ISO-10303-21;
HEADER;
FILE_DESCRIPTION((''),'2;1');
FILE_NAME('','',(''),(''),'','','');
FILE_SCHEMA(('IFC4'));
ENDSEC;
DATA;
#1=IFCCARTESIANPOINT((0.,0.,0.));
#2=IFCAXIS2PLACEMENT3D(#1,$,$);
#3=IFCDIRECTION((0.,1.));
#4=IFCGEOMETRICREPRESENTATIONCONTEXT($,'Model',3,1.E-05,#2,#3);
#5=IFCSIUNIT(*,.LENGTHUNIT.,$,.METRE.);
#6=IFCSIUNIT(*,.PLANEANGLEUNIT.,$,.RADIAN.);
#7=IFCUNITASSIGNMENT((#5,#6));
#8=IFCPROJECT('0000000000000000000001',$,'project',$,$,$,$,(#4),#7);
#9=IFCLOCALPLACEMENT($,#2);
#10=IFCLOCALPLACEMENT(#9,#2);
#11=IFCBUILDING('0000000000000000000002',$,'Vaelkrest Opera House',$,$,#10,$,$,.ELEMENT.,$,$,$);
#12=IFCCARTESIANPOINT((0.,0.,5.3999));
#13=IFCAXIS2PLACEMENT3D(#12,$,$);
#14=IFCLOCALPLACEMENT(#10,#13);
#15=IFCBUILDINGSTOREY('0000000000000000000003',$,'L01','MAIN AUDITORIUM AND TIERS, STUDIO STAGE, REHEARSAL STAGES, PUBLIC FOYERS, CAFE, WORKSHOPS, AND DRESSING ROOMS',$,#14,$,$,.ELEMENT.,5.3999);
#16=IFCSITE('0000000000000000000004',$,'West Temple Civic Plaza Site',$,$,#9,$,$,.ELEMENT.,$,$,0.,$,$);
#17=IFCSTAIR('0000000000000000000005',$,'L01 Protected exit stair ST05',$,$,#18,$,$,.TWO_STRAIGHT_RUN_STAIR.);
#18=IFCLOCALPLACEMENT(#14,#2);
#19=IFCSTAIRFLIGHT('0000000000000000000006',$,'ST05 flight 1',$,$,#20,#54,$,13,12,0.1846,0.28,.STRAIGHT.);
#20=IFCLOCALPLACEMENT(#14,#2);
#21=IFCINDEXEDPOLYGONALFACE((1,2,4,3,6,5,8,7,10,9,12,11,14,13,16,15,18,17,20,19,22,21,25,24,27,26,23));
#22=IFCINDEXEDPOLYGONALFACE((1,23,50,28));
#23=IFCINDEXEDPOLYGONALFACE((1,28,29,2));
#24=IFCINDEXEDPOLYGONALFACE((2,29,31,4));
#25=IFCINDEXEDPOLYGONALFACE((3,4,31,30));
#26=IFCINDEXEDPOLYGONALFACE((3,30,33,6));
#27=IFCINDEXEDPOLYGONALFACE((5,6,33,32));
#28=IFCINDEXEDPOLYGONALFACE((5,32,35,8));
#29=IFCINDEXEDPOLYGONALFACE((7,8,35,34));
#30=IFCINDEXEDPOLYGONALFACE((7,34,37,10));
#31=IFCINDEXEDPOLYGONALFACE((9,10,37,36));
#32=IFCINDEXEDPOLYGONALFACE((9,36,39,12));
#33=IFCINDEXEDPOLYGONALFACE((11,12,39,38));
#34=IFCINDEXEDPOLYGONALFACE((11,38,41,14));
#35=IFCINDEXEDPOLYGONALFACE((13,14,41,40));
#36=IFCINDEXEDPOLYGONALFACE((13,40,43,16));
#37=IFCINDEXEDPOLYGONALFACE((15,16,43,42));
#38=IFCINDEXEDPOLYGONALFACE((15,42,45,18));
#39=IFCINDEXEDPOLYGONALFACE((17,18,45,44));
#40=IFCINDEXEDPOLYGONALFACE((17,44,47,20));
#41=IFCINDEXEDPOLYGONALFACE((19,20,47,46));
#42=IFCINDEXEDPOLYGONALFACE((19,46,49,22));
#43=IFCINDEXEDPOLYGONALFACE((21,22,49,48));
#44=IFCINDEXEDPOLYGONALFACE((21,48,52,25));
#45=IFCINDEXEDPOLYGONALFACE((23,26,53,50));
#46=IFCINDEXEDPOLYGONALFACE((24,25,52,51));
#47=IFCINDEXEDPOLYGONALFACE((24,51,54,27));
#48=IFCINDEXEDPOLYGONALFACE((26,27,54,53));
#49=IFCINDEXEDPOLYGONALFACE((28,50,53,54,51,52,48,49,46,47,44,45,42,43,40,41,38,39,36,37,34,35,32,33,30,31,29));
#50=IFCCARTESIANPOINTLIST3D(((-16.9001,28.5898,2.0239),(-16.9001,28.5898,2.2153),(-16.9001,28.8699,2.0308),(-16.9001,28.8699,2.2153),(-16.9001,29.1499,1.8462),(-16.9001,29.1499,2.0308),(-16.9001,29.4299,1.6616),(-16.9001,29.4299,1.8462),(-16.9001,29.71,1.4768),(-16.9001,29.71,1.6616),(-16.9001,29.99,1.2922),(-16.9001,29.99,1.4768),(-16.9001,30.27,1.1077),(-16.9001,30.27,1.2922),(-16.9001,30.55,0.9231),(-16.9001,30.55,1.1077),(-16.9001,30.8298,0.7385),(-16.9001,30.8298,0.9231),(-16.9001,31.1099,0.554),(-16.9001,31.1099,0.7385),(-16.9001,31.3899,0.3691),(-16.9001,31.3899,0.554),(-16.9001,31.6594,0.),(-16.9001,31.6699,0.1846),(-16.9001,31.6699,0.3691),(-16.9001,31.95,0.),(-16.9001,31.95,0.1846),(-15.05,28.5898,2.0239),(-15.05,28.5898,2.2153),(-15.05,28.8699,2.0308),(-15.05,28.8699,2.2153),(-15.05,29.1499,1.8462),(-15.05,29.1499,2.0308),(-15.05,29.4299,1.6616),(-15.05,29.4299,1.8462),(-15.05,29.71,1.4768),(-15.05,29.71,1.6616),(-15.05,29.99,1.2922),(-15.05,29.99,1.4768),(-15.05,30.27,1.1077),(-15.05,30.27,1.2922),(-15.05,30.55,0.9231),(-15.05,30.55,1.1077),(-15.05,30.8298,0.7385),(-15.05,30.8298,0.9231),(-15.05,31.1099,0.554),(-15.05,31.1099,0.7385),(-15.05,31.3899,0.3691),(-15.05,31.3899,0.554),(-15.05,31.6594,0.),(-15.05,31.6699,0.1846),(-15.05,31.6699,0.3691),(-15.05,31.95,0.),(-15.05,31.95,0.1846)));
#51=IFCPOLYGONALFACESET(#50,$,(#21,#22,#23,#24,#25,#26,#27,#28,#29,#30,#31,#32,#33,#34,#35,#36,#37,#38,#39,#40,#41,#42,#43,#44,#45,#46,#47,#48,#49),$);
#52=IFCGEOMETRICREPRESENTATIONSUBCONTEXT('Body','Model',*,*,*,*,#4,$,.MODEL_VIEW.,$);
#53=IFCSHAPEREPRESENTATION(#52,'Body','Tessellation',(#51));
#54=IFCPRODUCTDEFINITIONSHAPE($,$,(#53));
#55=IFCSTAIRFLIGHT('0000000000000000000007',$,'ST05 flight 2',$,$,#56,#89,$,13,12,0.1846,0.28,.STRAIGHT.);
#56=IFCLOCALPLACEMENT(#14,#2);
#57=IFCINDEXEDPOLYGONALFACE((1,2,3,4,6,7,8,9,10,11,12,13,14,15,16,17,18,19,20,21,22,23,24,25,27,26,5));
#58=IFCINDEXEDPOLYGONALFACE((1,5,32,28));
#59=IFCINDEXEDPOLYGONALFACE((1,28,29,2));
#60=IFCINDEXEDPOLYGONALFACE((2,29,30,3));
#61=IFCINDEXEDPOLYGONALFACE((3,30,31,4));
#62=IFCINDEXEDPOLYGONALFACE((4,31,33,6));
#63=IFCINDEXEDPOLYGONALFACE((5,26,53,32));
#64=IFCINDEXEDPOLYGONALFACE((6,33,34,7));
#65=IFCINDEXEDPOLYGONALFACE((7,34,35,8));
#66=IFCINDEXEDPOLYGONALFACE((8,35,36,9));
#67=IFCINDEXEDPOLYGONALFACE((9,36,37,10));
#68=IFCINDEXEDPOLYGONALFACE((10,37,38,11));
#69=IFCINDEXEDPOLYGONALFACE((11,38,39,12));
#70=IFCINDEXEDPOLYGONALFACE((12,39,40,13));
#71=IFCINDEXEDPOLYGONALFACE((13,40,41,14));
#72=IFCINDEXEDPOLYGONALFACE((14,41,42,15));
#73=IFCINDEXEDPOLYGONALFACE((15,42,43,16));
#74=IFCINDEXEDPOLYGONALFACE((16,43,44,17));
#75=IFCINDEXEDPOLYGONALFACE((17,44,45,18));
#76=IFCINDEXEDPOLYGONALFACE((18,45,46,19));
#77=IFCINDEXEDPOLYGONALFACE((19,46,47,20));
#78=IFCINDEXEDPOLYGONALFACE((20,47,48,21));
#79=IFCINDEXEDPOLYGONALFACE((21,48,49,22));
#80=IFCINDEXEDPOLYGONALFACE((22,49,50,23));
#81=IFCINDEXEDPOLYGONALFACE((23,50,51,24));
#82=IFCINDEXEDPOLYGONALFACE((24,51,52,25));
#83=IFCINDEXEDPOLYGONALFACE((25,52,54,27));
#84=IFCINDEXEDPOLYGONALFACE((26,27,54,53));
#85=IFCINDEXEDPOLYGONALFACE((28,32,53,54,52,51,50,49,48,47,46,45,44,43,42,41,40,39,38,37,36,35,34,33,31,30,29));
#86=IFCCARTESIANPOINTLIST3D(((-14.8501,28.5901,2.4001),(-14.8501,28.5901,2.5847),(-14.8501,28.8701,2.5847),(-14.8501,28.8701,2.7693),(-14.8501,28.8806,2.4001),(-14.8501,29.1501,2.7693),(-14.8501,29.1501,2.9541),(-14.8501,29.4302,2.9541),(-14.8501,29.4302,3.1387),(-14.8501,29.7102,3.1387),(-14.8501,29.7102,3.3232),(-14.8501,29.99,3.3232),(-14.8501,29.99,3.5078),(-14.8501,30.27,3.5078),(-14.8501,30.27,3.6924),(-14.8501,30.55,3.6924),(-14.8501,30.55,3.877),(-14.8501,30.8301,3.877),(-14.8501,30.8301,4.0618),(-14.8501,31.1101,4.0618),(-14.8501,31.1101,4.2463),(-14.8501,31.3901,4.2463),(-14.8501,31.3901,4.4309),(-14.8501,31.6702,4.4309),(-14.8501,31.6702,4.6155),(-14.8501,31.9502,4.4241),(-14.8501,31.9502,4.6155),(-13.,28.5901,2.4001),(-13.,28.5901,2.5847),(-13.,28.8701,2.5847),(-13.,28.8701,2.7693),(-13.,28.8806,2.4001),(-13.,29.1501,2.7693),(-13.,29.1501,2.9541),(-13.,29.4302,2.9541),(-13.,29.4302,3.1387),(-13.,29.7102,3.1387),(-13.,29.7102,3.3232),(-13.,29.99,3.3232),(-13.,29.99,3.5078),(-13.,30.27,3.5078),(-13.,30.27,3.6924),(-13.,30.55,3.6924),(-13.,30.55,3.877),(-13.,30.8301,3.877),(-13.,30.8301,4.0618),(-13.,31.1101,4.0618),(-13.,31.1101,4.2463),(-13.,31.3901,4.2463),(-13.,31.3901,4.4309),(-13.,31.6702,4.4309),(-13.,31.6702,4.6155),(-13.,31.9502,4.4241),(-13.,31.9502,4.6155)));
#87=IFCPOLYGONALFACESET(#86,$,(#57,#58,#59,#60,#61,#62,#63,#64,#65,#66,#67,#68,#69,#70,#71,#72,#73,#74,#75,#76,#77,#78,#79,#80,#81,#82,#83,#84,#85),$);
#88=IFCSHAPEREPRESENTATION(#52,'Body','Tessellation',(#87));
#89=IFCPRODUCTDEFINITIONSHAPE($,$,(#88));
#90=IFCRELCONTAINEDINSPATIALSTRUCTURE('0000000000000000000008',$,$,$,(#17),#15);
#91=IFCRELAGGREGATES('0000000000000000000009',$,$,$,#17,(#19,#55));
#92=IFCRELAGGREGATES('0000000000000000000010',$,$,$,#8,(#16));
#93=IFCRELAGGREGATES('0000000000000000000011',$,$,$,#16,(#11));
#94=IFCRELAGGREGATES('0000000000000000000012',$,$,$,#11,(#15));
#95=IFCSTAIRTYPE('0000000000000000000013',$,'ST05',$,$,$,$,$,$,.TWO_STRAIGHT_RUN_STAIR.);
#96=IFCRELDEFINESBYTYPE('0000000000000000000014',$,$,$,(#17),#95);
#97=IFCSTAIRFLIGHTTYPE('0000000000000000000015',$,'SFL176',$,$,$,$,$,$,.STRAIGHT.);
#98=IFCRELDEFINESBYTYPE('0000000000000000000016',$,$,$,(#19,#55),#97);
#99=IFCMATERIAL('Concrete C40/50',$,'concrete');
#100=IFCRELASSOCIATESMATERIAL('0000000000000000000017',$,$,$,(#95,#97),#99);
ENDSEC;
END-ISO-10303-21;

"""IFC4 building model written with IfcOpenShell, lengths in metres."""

from ifc_helpers import new_model, si_unit, direction, frame, origin, place, context, subcontext, project, spatial, polyline, outline, extrude, material, type_object, element, aggregate, save


model = new_model("IFC4")

# Units and contexts
model_context = context("Model", 3, precision=1e-05, world=origin(), true_north=direction((0.0, 1.0)))
body_context = subcontext(model_context, "Body", "Model", "MODEL_VIEW")
ifc_project = project(units=[si_unit("LENGTHUNIT", "METRE"), si_unit("PLANEANGLEUNIT", "RADIAN")], contexts=[model_context])

# Site, building, storey
site_placement = place(None, origin())
site = spatial("IfcSite", under=ifc_project, at=site_placement, Name="West Temple Civic Plaza Site", CompositionType="ELEMENT", RefElevation=0.0)
building_placement = place(site_placement, origin())
building = spatial("IfcBuilding", under=site, at=building_placement, Name="Vaelkrest Opera House", CompositionType="ELEMENT")
storey_placement = place(building_placement, frame((0.0, 0.0, 5.3999)))
storey = spatial("IfcBuildingStorey", under=building, at=storey_placement, Name="L01", Description="MAIN AUDITORIUM AND TIERS, STUDIO STAGE, REHEARSAL STAGES, PUBLIC FOYERS, CAFE, WORKSHOPS, AND DRESSING ROOMS", CompositionType="ELEMENT", Elevation=5.3999)

# Shared definitions
ifc_material_1 = material(Name="Concrete C40/50", Category="concrete")

# Stair, stair flights
stair_type = type_object("IfcStairType", Name="ST05", PredefinedType="TWO_STRAIGHT_RUN_STAIR", material=ifc_material_1)
stair_placement = place(storey_placement, origin())
stair = element("IfcStair", 1, at=stair_placement, inside=storey, type_object=stair_type, Name="L01 Protected exit stair ST05", PredefinedType="TWO_STRAIGHT_RUN_STAIR")
stair_flight_type = type_object("IfcStairFlightType", Name="SFL176", PredefinedType="STRAIGHT", material=ifc_material_1)
stair_flight_1_placement = place(storey_placement, frame((-15.9751, 31.95, 0.0), z_axis=(0.0, 0.0, 1.0), x_axis=(0.0, -1.0, 0.0)))
stair_flight_1 = element("IfcStairFlight", 2, at=stair_flight_1_placement, type_object=stair_flight_type, Name="ST05 flight 1", NumberOfRisers=13, NumberOfTreads=12, PredefinedType="STRAIGHT", RiserHeight=0.1846, TreadLength=0.28, context=body_context, shape_type="SweptSolid", body=[
    extrude(outline(polyline([(0.0, 0.0), (0.0, 0.1846), (0.28, 0.1846), (0.28, 0.3691), (0.5601, 0.3691), (0.5601, 0.554), (0.8401, 0.554), (0.8401, 0.7385), (1.1201, 0.7385), (1.1201, 0.9231), (1.3999, 0.9231), (1.3999, 1.1077), (1.6799, 1.1077), (1.6799, 1.2922), (1.96, 1.2922), (1.96, 1.4768), (2.24, 1.4768), (2.24, 1.6616), (2.52, 1.6616), (2.52, 1.8462), (2.8, 1.8462), (2.8, 2.0308), (3.0801, 2.0308), (3.0801, 2.2153), (3.3601, 2.2153), (3.3601, 2.3999), (3.3601, 2.0239), (0.2905, 0.0), (0.0, 0.0)])), frame((0.0, 0.925, 0.0), z_axis=(0.0, -1.0, 0.0), x_axis=(1.0, 0.0, 0.0)), (0.0, 0.0, 1.0), 1.8501),
])
stair_flight_2_placement = place(storey_placement, frame((-13.925, 28.5901, 2.4001), z_axis=(0.0, 0.0, 1.0), x_axis=(0.0, 1.0, 0.0)))
stair_flight_2 = element("IfcStairFlight", 3, at=stair_flight_2_placement, type_object=stair_flight_type, Name="ST05 flight 2", NumberOfRisers=13, NumberOfTreads=12, PredefinedType="STRAIGHT", RiserHeight=0.1846, TreadLength=0.28, context=body_context, shape_type="SweptSolid", body=[
    extrude(outline(polyline([(0.0, 0.0), (0.0, 0.1846), (0.28, 0.1846), (0.28, 0.3691), (0.5601, 0.3691), (0.5601, 0.554), (0.8401, 0.554), (0.8401, 0.7385), (1.1201, 0.7385), (1.1201, 0.9231), (1.3999, 0.9231), (1.3999, 1.1077), (1.6799, 1.1077), (1.6799, 1.2922), (1.96, 1.2922), (1.96, 1.4768), (2.24, 1.4768), (2.24, 1.6616), (2.52, 1.6616), (2.52, 1.8462), (2.8, 1.8462), (2.8, 2.0308), (3.0801, 2.0308), (3.0801, 2.2153), (3.3601, 2.2153), (3.3601, 2.3999), (3.3601, 2.0239), (0.2905, 0.0), (0.0, 0.0)])), frame((0.0, 0.925, 0.0), z_axis=(0.0, -1.0, 0.0), x_axis=(1.0, 0.0, 0.0)), (0.0, 0.0, 1.0), 1.8501),
])
aggregate(stair, [stair_flight_1, stair_flight_2])

save(model, "model.ifc")
